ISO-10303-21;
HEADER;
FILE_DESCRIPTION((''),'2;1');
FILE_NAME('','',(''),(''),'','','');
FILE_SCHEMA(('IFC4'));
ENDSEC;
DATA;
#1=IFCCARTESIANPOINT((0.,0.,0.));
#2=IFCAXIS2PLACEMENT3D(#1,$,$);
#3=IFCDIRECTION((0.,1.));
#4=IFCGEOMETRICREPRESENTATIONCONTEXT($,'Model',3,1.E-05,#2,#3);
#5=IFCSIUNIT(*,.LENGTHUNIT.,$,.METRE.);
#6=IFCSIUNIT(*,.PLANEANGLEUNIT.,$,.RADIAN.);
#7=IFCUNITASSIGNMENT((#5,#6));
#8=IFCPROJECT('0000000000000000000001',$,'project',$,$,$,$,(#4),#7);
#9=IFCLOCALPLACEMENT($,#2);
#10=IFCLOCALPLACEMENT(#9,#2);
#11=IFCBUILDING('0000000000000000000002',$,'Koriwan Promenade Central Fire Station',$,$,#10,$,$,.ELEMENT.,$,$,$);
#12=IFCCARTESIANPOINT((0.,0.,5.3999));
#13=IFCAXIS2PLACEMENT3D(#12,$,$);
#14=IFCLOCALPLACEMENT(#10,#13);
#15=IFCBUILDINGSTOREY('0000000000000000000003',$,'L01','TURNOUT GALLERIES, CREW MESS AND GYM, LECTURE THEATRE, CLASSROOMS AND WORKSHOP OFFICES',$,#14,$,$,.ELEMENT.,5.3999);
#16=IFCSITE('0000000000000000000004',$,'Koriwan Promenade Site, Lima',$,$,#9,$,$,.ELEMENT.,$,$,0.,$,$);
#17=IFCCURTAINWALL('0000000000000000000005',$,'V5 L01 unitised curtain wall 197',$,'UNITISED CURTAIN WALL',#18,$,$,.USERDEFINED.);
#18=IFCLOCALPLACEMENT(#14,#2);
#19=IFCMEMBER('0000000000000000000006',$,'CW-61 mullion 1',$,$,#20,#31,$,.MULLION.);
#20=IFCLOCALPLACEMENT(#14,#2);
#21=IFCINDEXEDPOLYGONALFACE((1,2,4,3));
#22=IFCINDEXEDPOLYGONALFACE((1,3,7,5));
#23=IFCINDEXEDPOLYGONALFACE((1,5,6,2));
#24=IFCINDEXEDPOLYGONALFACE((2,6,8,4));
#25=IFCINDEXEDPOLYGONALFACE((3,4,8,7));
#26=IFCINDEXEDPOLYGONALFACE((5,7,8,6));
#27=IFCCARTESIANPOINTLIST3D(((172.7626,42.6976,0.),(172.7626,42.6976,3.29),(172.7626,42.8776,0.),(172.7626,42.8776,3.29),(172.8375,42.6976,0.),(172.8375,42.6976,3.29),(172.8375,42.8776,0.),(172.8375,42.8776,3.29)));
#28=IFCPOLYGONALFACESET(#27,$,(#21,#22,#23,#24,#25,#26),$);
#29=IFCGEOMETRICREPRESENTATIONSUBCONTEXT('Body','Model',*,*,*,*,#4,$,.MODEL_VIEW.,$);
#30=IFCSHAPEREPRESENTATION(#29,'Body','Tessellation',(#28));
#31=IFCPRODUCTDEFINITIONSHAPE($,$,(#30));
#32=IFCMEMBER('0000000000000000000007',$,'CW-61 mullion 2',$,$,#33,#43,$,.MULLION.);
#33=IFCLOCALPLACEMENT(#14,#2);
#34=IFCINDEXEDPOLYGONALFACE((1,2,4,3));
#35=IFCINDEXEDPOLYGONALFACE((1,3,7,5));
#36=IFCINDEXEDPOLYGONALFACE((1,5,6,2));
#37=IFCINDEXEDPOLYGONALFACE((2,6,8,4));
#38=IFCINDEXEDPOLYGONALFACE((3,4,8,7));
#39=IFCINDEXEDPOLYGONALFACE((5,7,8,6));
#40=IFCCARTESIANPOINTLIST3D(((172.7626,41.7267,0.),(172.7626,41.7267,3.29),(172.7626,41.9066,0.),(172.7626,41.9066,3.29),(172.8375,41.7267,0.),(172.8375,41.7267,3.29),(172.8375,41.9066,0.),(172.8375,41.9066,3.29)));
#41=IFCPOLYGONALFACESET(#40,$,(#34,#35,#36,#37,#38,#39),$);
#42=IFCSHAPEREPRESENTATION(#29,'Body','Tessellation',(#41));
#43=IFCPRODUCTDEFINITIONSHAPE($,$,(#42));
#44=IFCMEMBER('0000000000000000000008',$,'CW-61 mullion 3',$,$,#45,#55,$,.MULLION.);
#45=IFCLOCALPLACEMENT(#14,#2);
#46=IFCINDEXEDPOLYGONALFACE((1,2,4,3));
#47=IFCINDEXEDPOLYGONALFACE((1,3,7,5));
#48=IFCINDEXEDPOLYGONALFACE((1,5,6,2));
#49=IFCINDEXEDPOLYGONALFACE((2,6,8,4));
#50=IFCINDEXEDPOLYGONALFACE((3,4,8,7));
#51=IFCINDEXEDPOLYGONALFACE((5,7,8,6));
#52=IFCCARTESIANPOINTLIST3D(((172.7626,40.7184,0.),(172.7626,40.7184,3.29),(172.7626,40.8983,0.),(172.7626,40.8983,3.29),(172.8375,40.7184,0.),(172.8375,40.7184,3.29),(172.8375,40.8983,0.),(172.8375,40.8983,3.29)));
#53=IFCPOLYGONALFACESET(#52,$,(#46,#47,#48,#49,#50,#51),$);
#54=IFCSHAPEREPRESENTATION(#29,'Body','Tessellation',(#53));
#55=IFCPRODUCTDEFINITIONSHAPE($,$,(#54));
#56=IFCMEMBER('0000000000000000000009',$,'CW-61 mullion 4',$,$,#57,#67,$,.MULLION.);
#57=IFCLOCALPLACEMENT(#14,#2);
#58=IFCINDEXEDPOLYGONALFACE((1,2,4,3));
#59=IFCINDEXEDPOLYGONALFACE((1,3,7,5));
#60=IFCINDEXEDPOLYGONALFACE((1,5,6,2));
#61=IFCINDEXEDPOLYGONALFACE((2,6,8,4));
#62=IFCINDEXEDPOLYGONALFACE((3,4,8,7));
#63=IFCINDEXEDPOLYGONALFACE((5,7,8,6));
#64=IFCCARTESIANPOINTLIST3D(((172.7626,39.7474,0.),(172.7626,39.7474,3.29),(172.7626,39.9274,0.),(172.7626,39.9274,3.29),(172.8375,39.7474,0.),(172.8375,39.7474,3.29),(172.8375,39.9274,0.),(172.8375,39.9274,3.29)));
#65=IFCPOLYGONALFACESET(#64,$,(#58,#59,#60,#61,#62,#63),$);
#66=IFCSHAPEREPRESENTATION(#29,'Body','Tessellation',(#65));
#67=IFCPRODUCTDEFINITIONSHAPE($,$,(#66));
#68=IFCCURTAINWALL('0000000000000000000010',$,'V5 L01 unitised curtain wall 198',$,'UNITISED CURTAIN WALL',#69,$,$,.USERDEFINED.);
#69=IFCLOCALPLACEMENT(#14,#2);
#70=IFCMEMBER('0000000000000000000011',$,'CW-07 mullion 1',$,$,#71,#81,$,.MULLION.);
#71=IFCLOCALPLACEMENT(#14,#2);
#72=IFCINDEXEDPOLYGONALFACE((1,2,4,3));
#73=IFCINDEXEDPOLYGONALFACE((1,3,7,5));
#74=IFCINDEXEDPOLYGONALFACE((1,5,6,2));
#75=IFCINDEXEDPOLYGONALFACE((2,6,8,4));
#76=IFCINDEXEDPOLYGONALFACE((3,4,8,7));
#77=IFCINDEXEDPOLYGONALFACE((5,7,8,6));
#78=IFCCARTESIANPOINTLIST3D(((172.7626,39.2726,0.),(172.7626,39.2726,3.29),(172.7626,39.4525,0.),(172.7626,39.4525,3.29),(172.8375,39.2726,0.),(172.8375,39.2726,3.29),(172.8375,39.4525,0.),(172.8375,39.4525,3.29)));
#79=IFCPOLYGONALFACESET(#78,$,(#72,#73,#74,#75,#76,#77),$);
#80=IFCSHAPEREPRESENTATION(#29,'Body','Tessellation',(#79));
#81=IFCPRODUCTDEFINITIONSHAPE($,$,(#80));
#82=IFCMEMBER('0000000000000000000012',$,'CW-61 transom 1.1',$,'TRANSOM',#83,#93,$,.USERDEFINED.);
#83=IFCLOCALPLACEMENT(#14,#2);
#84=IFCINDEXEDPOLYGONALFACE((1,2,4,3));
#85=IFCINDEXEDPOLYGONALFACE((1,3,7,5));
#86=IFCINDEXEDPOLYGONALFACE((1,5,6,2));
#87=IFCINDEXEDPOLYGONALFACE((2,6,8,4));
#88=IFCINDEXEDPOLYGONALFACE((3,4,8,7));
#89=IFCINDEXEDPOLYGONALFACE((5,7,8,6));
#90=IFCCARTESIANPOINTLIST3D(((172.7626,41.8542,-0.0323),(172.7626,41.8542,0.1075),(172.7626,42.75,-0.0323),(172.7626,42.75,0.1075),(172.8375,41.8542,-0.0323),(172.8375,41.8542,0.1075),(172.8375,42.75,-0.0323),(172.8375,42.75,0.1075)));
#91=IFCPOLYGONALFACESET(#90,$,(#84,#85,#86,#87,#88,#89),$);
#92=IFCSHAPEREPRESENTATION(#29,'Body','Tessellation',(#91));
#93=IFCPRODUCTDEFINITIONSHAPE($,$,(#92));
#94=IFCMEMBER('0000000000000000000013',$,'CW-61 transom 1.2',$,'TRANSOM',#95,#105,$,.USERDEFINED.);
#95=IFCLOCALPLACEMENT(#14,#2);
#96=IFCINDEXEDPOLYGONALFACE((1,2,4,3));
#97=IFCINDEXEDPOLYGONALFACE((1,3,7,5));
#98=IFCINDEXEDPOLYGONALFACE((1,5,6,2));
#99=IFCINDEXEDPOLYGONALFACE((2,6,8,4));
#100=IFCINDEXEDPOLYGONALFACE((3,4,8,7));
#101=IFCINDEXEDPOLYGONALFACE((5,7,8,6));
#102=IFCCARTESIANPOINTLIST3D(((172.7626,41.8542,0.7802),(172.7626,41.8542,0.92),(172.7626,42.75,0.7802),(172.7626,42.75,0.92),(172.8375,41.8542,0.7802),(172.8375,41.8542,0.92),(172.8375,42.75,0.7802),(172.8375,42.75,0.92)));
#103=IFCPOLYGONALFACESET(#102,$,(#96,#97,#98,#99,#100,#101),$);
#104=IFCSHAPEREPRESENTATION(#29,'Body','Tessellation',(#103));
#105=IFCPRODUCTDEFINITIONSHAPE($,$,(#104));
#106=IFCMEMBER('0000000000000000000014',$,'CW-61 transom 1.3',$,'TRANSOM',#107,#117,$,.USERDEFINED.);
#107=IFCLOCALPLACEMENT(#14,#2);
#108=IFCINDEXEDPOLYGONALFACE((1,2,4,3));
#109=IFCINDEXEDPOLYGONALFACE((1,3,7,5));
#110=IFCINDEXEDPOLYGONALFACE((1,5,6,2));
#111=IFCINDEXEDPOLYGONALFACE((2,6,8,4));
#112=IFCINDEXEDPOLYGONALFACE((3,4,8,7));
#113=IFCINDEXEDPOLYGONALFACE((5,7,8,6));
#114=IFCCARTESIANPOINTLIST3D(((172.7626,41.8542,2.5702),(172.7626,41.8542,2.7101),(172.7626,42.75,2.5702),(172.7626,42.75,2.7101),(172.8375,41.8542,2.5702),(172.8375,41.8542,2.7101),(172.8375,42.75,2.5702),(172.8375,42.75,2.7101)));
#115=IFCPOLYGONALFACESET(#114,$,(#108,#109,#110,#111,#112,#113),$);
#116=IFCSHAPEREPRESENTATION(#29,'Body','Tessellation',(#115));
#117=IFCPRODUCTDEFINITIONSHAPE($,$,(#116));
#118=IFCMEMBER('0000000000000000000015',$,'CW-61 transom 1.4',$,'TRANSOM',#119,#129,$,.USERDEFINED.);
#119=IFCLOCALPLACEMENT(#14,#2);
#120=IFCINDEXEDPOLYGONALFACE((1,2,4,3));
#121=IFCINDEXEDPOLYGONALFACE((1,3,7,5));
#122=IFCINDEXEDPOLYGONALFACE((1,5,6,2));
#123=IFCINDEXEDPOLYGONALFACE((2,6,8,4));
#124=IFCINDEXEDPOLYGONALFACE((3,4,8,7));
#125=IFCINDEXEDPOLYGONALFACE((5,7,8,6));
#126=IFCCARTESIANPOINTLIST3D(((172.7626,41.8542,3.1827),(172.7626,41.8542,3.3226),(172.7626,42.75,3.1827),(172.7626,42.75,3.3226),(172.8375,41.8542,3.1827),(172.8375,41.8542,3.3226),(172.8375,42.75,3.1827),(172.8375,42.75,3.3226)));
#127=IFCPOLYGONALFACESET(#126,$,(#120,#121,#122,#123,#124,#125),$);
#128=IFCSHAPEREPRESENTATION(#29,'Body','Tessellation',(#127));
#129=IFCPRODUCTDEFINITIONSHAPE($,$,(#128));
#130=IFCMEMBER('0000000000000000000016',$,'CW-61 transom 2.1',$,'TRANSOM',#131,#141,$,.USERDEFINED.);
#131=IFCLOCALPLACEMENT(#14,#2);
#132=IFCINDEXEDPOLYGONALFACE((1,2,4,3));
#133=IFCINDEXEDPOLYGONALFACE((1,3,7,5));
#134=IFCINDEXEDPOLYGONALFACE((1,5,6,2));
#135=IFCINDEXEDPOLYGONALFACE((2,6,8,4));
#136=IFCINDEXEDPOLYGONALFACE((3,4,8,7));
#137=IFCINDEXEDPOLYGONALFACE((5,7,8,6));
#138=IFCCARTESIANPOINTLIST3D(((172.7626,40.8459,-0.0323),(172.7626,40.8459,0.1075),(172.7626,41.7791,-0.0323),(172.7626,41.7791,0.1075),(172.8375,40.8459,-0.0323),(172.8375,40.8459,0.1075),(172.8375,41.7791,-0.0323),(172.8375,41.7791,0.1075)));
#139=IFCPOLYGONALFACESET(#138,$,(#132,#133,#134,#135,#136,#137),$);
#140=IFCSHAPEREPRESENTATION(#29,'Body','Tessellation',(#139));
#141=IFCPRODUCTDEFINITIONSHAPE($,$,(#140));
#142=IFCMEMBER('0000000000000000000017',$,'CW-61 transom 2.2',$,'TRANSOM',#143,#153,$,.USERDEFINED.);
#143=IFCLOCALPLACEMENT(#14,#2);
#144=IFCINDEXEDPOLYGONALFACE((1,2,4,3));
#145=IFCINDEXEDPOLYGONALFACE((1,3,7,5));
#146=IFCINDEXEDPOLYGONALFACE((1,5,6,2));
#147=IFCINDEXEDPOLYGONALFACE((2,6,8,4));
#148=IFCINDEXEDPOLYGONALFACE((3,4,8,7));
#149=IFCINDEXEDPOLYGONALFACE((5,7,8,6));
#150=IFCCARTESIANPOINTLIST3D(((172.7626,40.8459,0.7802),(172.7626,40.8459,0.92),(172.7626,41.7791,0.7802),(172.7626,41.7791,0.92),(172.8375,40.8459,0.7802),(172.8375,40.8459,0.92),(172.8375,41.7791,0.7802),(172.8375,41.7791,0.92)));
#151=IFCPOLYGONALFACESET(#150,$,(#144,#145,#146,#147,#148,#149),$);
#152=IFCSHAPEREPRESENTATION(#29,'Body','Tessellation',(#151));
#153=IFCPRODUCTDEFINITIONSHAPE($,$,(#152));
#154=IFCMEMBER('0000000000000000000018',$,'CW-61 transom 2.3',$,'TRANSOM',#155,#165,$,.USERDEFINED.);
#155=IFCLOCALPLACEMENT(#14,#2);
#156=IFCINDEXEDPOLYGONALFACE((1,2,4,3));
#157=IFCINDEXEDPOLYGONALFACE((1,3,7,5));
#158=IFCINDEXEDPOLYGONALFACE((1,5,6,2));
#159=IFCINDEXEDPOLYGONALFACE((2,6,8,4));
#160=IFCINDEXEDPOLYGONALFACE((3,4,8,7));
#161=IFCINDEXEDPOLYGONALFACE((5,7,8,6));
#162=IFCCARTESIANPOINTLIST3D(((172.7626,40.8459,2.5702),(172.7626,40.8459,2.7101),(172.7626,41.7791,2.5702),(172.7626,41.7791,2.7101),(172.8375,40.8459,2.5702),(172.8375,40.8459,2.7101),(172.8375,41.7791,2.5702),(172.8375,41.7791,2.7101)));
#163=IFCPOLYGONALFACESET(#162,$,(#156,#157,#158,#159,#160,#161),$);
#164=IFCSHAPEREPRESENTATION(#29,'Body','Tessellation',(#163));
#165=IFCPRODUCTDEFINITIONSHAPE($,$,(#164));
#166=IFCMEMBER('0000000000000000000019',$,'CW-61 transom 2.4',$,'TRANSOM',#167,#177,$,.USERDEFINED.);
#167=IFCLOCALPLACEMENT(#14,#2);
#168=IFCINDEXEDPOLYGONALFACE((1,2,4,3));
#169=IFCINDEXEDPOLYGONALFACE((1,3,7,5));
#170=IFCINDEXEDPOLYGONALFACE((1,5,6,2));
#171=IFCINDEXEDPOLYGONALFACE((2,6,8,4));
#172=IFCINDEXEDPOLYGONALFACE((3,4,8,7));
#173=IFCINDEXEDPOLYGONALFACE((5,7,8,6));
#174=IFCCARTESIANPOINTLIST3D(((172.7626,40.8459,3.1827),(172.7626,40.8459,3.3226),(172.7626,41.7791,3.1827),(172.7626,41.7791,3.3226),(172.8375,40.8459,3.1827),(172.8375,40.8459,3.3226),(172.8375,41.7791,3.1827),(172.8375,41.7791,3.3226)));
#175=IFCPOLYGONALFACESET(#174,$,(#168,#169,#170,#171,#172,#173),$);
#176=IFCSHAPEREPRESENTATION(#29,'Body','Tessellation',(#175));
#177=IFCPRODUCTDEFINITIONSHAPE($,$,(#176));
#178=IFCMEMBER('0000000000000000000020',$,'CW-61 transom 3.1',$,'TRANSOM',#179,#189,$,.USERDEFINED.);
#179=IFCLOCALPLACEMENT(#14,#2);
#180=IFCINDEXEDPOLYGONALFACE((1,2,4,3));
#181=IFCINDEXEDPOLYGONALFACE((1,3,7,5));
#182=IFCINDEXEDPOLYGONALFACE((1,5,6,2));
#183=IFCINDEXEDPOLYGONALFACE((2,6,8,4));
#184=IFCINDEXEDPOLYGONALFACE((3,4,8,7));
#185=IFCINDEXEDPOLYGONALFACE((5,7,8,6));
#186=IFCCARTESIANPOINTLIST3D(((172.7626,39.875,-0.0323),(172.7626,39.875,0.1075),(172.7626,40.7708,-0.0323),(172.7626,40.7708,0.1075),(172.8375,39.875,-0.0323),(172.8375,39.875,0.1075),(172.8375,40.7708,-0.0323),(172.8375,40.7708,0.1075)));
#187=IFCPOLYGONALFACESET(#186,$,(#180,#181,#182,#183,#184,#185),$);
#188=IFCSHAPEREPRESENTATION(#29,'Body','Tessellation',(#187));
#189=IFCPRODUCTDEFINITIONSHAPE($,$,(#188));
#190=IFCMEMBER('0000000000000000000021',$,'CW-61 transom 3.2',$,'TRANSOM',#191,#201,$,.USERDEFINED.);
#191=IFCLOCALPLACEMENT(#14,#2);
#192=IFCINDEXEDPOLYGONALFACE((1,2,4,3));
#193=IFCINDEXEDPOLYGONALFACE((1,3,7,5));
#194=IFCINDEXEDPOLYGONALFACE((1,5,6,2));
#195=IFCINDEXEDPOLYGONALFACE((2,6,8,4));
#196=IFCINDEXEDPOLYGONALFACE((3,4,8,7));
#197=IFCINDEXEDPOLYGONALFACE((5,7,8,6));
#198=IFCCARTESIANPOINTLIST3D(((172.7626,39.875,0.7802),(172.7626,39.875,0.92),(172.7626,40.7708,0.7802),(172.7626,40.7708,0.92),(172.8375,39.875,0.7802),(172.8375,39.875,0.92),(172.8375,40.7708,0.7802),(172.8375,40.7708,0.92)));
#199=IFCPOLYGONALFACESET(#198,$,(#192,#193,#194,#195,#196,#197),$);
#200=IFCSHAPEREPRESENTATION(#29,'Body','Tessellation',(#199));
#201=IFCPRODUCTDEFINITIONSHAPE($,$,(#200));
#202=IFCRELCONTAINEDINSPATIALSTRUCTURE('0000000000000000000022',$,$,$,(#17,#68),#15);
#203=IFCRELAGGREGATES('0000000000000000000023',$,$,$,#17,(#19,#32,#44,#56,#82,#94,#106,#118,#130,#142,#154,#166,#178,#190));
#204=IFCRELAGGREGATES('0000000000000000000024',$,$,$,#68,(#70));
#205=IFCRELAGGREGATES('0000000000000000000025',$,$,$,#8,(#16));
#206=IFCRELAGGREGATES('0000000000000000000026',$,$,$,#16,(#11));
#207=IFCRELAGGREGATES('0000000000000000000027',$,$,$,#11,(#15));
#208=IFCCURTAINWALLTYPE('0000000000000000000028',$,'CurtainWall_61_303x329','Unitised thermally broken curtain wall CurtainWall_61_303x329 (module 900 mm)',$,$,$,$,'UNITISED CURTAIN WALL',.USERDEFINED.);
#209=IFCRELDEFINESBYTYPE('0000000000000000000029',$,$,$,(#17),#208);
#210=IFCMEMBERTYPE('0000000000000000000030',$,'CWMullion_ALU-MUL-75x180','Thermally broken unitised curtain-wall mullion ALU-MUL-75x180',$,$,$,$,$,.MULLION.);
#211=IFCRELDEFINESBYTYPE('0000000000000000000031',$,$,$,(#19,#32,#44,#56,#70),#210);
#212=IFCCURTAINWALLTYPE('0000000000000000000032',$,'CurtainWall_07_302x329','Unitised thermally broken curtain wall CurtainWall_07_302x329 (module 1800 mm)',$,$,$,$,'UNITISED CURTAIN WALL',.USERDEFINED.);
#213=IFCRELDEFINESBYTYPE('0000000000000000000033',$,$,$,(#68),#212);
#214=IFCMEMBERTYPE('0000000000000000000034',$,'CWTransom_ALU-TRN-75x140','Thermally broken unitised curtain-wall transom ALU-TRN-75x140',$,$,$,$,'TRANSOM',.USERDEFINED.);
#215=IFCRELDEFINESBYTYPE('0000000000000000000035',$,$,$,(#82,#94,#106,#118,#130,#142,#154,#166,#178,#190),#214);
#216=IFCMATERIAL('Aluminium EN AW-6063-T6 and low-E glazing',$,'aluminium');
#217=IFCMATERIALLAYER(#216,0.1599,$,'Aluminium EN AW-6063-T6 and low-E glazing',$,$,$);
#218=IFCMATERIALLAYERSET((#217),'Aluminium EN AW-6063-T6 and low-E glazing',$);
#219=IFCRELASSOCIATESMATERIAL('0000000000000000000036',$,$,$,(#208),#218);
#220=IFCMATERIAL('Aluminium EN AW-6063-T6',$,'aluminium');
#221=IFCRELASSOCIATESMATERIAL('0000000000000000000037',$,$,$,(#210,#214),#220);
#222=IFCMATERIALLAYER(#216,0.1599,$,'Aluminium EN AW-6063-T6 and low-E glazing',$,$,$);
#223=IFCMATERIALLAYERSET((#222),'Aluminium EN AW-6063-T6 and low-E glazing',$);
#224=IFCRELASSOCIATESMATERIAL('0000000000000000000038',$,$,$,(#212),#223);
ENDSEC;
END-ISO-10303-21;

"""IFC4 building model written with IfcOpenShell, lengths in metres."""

from ifc_helpers import new_model, si_unit, direction, frame, origin, origin_2d, place, context, subcontext, project, spatial, rectangle, extrude, material, layer, layer_set, material_profile, profile_set, type_object, element, aggregate, save


model = new_model("IFC4")

# Units and contexts
model_context = context("Model", 3, precision=1e-05, world=origin(), true_north=direction((0.0, 1.0)))
body_context = subcontext(model_context, "Body", "Model", "MODEL_VIEW")
ifc_project = project(units=[si_unit("LENGTHUNIT", "METRE"), si_unit("PLANEANGLEUNIT", "RADIAN")], contexts=[model_context])

# Site, building, storey
site_placement = place(None, origin())
site = spatial("IfcSite", under=ifc_project, at=site_placement, Name="Koriwan Promenade Site, Lima", CompositionType="ELEMENT", RefElevation=0.0)
building_placement = place(site_placement, origin())
building = spatial("IfcBuilding", under=site, at=building_placement, Name="Koriwan Promenade Central Fire Station", CompositionType="ELEMENT")
storey_placement = place(building_placement, frame((0.0, 0.0, 5.3999)))
storey = spatial("IfcBuildingStorey", under=building, at=storey_placement, Name="L01", Description="TURNOUT GALLERIES, CREW MESS AND GYM, LECTURE THEATRE, CLASSROOMS AND WORKSHOP OFFICES", CompositionType="ELEMENT", Elevation=5.3999)

# Curtain wall, members
ifc_material_1 = material(Name="Aluminium EN AW-6063-T6 and low-E glazing", Category="aluminium")
ifc_layer_1 = layer(ifc_material_1, 0.1599, Name="Aluminium EN AW-6063-T6 and low-E glazing")
ifc_layer_set_1 = layer_set([ifc_layer_1], Name="Aluminium EN AW-6063-T6 and low-E glazing")
curtain_wall_type_1 = type_object("IfcCurtainWallType", Name="CurtainWall_61_303x329", Description="Unitised thermally broken curtain wall CurtainWall_61_303x329 (module 900 mm)", ElementType="UNITISED CURTAIN WALL", PredefinedType="USERDEFINED", material=ifc_layer_set_1)
curtain_wall_1_placement = place(storey_placement, origin())
curtain_wall_1 = element("IfcCurtainWall", 1, at=curtain_wall_1_placement, inside=storey, type_object=curtain_wall_type_1, Name="V5 L01 unitised curtain wall 197", ObjectType="UNITISED CURTAIN WALL", PredefinedType="USERDEFINED")
ifc_material_2 = material(Name="Aluminium EN AW-6063-T6", Category="aluminium")
ifc_material_profile_1 = material_profile(ifc_material_2, rectangle(XDim=0.075, YDim=0.1799, at=origin_2d()), Name="ALU-MUL-75x180")
ifc_profile_set_1 = profile_set([ifc_material_profile_1], Name="Aluminium EN AW-6063-T6")
member_type_1 = type_object("IfcMemberType", Name="CWMullion_ALU-MUL-75x180", Description="Thermally broken unitised curtain-wall mullion ALU-MUL-75x180", PredefinedType="MULLION", material=ifc_profile_set_1)
member_1_placement = place(storey_placement, frame((172.8, 42.7876, 0.0), z_axis=(0.0, 0.0, 1.0), x_axis=(1.0, 0.0, 0.0)))
member_1 = element("IfcMember", 2, at=member_1_placement, type_object=member_type_1, Name="CW-61 mullion 1", PredefinedType="MULLION", context=body_context, shape_type="SweptSolid", body=[
    extrude(rectangle(XDim=0.075, YDim=0.1799, at=origin_2d()), origin(), (0.0, 0.0, 1.0), 3.29),
])
member_2_placement = place(storey_placement, frame((172.8, 41.8167, 0.0), z_axis=(0.0, 0.0, 1.0), x_axis=(1.0, 0.0, 0.0)))
member_2 = element("IfcMember", 3, at=member_2_placement, type_object=member_type_1, Name="CW-61 mullion 2", PredefinedType="MULLION", context=body_context, shape_type="SweptSolid", body=[
    extrude(rectangle(XDim=0.075, YDim=0.1799, at=origin_2d()), origin(), (0.0, 0.0, 1.0), 3.29),
])
member_3_placement = place(storey_placement, frame((172.8, 40.8083, 0.0), z_axis=(0.0, 0.0, 1.0), x_axis=(1.0, 0.0, 0.0)))
member_3 = element("IfcMember", 4, at=member_3_placement, type_object=member_type_1, Name="CW-61 mullion 3", PredefinedType="MULLION", context=body_context, shape_type="SweptSolid", body=[
    extrude(rectangle(XDim=0.075, YDim=0.1799, at=origin_2d()), origin(), (0.0, 0.0, 1.0), 3.29),
])
member_4_placement = place(storey_placement, frame((172.8, 39.8374, 0.0), z_axis=(0.0, 0.0, 1.0), x_axis=(1.0, 0.0, 0.0)))
member_4 = element("IfcMember", 5, at=member_4_placement, type_object=member_type_1, Name="CW-61 mullion 4", PredefinedType="MULLION", context=body_context, shape_type="SweptSolid", body=[
    extrude(rectangle(XDim=0.075, YDim=0.1799, at=origin_2d()), origin(), (0.0, 0.0, 1.0), 3.29),
])

# Curtain wall, member
ifc_layer_2 = layer(ifc_material_1, 0.1599, Name="Aluminium EN AW-6063-T6 and low-E glazing")
ifc_layer_set_2 = layer_set([ifc_layer_2], Name="Aluminium EN AW-6063-T6 and low-E glazing")
curtain_wall_type_2 = type_object("IfcCurtainWallType", Name="CurtainWall_07_302x329", Description="Unitised thermally broken curtain wall CurtainWall_07_302x329 (module 1800 mm)", ElementType="UNITISED CURTAIN WALL", PredefinedType="USERDEFINED", material=ifc_layer_set_2)
curtain_wall_2_placement = place(storey_placement, origin())
curtain_wall_2 = element("IfcCurtainWall", 6, at=curtain_wall_2_placement, inside=storey, type_object=curtain_wall_type_2, Name="V5 L01 unitised curtain wall 198", ObjectType="UNITISED CURTAIN WALL", PredefinedType="USERDEFINED")
member_5_placement = place(storey_placement, frame((172.8, 39.3625, 0.0), z_axis=(0.0, 0.0, 1.0), x_axis=(1.0, 0.0, 0.0)))
member_5 = element("IfcMember", 7, at=member_5_placement, type_object=member_type_1, Name="CW-07 mullion 1", PredefinedType="MULLION", context=body_context, shape_type="SweptSolid", body=[
    extrude(rectangle(XDim=0.075, YDim=0.1799, at=origin_2d()), origin(), (0.0, 0.0, 1.0), 3.29),
])

# Members
ifc_material_profile_2 = material_profile(ifc_material_2, rectangle(XDim=0.075, YDim=0.1399, at=origin_2d()), Name="ALU-TRN-75x140")
ifc_profile_set_2 = profile_set([ifc_material_profile_2], Name="Aluminium EN AW-6063-T6")
member_type_2 = type_object("IfcMemberType", Name="CWTransom_ALU-TRN-75x140", Description="Thermally broken unitised curtain-wall transom ALU-TRN-75x140", ElementType="TRANSOM", PredefinedType="USERDEFINED", material=ifc_profile_set_2)
member_6_placement = place(storey_placement, frame((172.8, 42.75, 0.0376), z_axis=(0.0, -1.0, 0.0), x_axis=(1.0, 0.0, 0.0)))
member_6 = element("IfcMember", 8, at=member_6_placement, type_object=member_type_2, Name="CW-61 transom 1.1", ObjectType="TRANSOM", PredefinedType="USERDEFINED", context=body_context, shape_type="SweptSolid", body=[
    extrude(rectangle(XDim=0.075, YDim=0.1399, at=origin_2d()), origin(), (0.0, 0.0, 1.0), 0.8958),
])
member_7_placement = place(storey_placement, frame((172.8, 42.75, 0.8501), z_axis=(0.0, -1.0, 0.0), x_axis=(1.0, 0.0, 0.0)))
member_7 = element("IfcMember", 9, at=member_7_placement, type_object=member_type_2, Name="CW-61 transom 1.2", ObjectType="TRANSOM", PredefinedType="USERDEFINED", context=body_context, shape_type="SweptSolid", body=[
    extrude(rectangle(XDim=0.075, YDim=0.1399, at=origin_2d()), origin(), (0.0, 0.0, 1.0), 0.8958),
])
member_8_placement = place(storey_placement, frame((172.8, 42.75, 2.6401), z_axis=(0.0, -1.0, 0.0), x_axis=(1.0, 0.0, 0.0)))
member_8 = element("IfcMember", 10, at=member_8_placement, type_object=member_type_2, Name="CW-61 transom 1.3", ObjectType="TRANSOM", PredefinedType="USERDEFINED", context=body_context, shape_type="SweptSolid", body=[
    extrude(rectangle(XDim=0.075, YDim=0.1399, at=origin_2d()), origin(), (0.0, 0.0, 1.0), 0.8958),
])
member_9_placement = place(storey_placement, frame((172.8, 42.75, 3.2527), z_axis=(0.0, -1.0, 0.0), x_axis=(1.0, 0.0, 0.0)))
member_9 = element("IfcMember", 11, at=member_9_placement, type_object=member_type_2, Name="CW-61 transom 1.4", ObjectType="TRANSOM", PredefinedType="USERDEFINED", context=body_context, shape_type="SweptSolid", body=[
    extrude(rectangle(XDim=0.075, YDim=0.1399, at=origin_2d()), origin(), (0.0, 0.0, 1.0), 0.8958),
])
member_10_placement = place(storey_placement, frame((172.8, 41.7791, 0.0376), z_axis=(0.0, -1.0, 0.0), x_axis=(1.0, 0.0, 0.0)))
member_10 = element("IfcMember", 12, at=member_10_placement, type_object=member_type_2, Name="CW-61 transom 2.1", ObjectType="TRANSOM", PredefinedType="USERDEFINED", context=body_context, shape_type="SweptSolid", body=[
    extrude(rectangle(XDim=0.075, YDim=0.1399, at=origin_2d()), origin(), (0.0, 0.0, 1.0), 0.9331),
])
member_11_placement = place(storey_placement, frame((172.8, 41.7791, 0.8501), z_axis=(0.0, -1.0, 0.0), x_axis=(1.0, 0.0, 0.0)))
member_11 = element("IfcMember", 13, at=member_11_placement, type_object=member_type_2, Name="CW-61 transom 2.2", ObjectType="TRANSOM", PredefinedType="USERDEFINED", context=body_context, shape_type="SweptSolid", body=[
    extrude(rectangle(XDim=0.075, YDim=0.1399, at=origin_2d()), origin(), (0.0, 0.0, 1.0), 0.9331),
])
member_12_placement = place(storey_placement, frame((172.8, 41.7791, 2.6401), z_axis=(0.0, -1.0, 0.0), x_axis=(1.0, 0.0, 0.0)))
member_12 = element("IfcMember", 14, at=member_12_placement, type_object=member_type_2, Name="CW-61 transom 2.3", ObjectType="TRANSOM", PredefinedType="USERDEFINED", context=body_context, shape_type="SweptSolid", body=[
    extrude(rectangle(XDim=0.075, YDim=0.1399, at=origin_2d()), origin(), (0.0, 0.0, 1.0), 0.9331),
])
member_13_placement = place(storey_placement, frame((172.8, 41.7791, 3.2527), z_axis=(0.0, -1.0, 0.0), x_axis=(1.0, 0.0, 0.0)))
member_13 = element("IfcMember", 15, at=member_13_placement, type_object=member_type_2, Name="CW-61 transom 2.4", ObjectType="TRANSOM", PredefinedType="USERDEFINED", context=body_context, shape_type="SweptSolid", body=[
    extrude(rectangle(XDim=0.075, YDim=0.1399, at=origin_2d()), origin(), (0.0, 0.0, 1.0), 0.9331),
])
member_14_placement = place(storey_placement, frame((172.8, 40.7708, 0.0376), z_axis=(0.0, -1.0, 0.0), x_axis=(1.0, 0.0, 0.0)))
member_14 = element("IfcMember", 16, at=member_14_placement, type_object=member_type_2, Name="CW-61 transom 3.1", ObjectType="TRANSOM", PredefinedType="USERDEFINED", context=body_context, shape_type="SweptSolid", body=[
    extrude(rectangle(XDim=0.075, YDim=0.1399, at=origin_2d()), origin(), (0.0, 0.0, 1.0), 0.8958),
])
member_15_placement = place(storey_placement, frame((172.8, 40.7708, 0.8501), z_axis=(0.0, -1.0, 0.0), x_axis=(1.0, 0.0, 0.0)))
member_15 = element("IfcMember", 17, at=member_15_placement, type_object=member_type_2, Name="CW-61 transom 3.2", ObjectType="TRANSOM", PredefinedType="USERDEFINED", context=body_context, shape_type="SweptSolid", body=[
    extrude(rectangle(XDim=0.075, YDim=0.1399, at=origin_2d()), origin(), (0.0, 0.0, 1.0), 0.8958),
])

aggregate(curtain_wall_1, [member_1, member_2, member_3, member_4, member_6, member_7, member_8, member_9, member_10, member_11, member_12, member_13, member_14, member_15])
aggregate(curtain_wall_2, [member_5])

save(model, "model.ifc")
